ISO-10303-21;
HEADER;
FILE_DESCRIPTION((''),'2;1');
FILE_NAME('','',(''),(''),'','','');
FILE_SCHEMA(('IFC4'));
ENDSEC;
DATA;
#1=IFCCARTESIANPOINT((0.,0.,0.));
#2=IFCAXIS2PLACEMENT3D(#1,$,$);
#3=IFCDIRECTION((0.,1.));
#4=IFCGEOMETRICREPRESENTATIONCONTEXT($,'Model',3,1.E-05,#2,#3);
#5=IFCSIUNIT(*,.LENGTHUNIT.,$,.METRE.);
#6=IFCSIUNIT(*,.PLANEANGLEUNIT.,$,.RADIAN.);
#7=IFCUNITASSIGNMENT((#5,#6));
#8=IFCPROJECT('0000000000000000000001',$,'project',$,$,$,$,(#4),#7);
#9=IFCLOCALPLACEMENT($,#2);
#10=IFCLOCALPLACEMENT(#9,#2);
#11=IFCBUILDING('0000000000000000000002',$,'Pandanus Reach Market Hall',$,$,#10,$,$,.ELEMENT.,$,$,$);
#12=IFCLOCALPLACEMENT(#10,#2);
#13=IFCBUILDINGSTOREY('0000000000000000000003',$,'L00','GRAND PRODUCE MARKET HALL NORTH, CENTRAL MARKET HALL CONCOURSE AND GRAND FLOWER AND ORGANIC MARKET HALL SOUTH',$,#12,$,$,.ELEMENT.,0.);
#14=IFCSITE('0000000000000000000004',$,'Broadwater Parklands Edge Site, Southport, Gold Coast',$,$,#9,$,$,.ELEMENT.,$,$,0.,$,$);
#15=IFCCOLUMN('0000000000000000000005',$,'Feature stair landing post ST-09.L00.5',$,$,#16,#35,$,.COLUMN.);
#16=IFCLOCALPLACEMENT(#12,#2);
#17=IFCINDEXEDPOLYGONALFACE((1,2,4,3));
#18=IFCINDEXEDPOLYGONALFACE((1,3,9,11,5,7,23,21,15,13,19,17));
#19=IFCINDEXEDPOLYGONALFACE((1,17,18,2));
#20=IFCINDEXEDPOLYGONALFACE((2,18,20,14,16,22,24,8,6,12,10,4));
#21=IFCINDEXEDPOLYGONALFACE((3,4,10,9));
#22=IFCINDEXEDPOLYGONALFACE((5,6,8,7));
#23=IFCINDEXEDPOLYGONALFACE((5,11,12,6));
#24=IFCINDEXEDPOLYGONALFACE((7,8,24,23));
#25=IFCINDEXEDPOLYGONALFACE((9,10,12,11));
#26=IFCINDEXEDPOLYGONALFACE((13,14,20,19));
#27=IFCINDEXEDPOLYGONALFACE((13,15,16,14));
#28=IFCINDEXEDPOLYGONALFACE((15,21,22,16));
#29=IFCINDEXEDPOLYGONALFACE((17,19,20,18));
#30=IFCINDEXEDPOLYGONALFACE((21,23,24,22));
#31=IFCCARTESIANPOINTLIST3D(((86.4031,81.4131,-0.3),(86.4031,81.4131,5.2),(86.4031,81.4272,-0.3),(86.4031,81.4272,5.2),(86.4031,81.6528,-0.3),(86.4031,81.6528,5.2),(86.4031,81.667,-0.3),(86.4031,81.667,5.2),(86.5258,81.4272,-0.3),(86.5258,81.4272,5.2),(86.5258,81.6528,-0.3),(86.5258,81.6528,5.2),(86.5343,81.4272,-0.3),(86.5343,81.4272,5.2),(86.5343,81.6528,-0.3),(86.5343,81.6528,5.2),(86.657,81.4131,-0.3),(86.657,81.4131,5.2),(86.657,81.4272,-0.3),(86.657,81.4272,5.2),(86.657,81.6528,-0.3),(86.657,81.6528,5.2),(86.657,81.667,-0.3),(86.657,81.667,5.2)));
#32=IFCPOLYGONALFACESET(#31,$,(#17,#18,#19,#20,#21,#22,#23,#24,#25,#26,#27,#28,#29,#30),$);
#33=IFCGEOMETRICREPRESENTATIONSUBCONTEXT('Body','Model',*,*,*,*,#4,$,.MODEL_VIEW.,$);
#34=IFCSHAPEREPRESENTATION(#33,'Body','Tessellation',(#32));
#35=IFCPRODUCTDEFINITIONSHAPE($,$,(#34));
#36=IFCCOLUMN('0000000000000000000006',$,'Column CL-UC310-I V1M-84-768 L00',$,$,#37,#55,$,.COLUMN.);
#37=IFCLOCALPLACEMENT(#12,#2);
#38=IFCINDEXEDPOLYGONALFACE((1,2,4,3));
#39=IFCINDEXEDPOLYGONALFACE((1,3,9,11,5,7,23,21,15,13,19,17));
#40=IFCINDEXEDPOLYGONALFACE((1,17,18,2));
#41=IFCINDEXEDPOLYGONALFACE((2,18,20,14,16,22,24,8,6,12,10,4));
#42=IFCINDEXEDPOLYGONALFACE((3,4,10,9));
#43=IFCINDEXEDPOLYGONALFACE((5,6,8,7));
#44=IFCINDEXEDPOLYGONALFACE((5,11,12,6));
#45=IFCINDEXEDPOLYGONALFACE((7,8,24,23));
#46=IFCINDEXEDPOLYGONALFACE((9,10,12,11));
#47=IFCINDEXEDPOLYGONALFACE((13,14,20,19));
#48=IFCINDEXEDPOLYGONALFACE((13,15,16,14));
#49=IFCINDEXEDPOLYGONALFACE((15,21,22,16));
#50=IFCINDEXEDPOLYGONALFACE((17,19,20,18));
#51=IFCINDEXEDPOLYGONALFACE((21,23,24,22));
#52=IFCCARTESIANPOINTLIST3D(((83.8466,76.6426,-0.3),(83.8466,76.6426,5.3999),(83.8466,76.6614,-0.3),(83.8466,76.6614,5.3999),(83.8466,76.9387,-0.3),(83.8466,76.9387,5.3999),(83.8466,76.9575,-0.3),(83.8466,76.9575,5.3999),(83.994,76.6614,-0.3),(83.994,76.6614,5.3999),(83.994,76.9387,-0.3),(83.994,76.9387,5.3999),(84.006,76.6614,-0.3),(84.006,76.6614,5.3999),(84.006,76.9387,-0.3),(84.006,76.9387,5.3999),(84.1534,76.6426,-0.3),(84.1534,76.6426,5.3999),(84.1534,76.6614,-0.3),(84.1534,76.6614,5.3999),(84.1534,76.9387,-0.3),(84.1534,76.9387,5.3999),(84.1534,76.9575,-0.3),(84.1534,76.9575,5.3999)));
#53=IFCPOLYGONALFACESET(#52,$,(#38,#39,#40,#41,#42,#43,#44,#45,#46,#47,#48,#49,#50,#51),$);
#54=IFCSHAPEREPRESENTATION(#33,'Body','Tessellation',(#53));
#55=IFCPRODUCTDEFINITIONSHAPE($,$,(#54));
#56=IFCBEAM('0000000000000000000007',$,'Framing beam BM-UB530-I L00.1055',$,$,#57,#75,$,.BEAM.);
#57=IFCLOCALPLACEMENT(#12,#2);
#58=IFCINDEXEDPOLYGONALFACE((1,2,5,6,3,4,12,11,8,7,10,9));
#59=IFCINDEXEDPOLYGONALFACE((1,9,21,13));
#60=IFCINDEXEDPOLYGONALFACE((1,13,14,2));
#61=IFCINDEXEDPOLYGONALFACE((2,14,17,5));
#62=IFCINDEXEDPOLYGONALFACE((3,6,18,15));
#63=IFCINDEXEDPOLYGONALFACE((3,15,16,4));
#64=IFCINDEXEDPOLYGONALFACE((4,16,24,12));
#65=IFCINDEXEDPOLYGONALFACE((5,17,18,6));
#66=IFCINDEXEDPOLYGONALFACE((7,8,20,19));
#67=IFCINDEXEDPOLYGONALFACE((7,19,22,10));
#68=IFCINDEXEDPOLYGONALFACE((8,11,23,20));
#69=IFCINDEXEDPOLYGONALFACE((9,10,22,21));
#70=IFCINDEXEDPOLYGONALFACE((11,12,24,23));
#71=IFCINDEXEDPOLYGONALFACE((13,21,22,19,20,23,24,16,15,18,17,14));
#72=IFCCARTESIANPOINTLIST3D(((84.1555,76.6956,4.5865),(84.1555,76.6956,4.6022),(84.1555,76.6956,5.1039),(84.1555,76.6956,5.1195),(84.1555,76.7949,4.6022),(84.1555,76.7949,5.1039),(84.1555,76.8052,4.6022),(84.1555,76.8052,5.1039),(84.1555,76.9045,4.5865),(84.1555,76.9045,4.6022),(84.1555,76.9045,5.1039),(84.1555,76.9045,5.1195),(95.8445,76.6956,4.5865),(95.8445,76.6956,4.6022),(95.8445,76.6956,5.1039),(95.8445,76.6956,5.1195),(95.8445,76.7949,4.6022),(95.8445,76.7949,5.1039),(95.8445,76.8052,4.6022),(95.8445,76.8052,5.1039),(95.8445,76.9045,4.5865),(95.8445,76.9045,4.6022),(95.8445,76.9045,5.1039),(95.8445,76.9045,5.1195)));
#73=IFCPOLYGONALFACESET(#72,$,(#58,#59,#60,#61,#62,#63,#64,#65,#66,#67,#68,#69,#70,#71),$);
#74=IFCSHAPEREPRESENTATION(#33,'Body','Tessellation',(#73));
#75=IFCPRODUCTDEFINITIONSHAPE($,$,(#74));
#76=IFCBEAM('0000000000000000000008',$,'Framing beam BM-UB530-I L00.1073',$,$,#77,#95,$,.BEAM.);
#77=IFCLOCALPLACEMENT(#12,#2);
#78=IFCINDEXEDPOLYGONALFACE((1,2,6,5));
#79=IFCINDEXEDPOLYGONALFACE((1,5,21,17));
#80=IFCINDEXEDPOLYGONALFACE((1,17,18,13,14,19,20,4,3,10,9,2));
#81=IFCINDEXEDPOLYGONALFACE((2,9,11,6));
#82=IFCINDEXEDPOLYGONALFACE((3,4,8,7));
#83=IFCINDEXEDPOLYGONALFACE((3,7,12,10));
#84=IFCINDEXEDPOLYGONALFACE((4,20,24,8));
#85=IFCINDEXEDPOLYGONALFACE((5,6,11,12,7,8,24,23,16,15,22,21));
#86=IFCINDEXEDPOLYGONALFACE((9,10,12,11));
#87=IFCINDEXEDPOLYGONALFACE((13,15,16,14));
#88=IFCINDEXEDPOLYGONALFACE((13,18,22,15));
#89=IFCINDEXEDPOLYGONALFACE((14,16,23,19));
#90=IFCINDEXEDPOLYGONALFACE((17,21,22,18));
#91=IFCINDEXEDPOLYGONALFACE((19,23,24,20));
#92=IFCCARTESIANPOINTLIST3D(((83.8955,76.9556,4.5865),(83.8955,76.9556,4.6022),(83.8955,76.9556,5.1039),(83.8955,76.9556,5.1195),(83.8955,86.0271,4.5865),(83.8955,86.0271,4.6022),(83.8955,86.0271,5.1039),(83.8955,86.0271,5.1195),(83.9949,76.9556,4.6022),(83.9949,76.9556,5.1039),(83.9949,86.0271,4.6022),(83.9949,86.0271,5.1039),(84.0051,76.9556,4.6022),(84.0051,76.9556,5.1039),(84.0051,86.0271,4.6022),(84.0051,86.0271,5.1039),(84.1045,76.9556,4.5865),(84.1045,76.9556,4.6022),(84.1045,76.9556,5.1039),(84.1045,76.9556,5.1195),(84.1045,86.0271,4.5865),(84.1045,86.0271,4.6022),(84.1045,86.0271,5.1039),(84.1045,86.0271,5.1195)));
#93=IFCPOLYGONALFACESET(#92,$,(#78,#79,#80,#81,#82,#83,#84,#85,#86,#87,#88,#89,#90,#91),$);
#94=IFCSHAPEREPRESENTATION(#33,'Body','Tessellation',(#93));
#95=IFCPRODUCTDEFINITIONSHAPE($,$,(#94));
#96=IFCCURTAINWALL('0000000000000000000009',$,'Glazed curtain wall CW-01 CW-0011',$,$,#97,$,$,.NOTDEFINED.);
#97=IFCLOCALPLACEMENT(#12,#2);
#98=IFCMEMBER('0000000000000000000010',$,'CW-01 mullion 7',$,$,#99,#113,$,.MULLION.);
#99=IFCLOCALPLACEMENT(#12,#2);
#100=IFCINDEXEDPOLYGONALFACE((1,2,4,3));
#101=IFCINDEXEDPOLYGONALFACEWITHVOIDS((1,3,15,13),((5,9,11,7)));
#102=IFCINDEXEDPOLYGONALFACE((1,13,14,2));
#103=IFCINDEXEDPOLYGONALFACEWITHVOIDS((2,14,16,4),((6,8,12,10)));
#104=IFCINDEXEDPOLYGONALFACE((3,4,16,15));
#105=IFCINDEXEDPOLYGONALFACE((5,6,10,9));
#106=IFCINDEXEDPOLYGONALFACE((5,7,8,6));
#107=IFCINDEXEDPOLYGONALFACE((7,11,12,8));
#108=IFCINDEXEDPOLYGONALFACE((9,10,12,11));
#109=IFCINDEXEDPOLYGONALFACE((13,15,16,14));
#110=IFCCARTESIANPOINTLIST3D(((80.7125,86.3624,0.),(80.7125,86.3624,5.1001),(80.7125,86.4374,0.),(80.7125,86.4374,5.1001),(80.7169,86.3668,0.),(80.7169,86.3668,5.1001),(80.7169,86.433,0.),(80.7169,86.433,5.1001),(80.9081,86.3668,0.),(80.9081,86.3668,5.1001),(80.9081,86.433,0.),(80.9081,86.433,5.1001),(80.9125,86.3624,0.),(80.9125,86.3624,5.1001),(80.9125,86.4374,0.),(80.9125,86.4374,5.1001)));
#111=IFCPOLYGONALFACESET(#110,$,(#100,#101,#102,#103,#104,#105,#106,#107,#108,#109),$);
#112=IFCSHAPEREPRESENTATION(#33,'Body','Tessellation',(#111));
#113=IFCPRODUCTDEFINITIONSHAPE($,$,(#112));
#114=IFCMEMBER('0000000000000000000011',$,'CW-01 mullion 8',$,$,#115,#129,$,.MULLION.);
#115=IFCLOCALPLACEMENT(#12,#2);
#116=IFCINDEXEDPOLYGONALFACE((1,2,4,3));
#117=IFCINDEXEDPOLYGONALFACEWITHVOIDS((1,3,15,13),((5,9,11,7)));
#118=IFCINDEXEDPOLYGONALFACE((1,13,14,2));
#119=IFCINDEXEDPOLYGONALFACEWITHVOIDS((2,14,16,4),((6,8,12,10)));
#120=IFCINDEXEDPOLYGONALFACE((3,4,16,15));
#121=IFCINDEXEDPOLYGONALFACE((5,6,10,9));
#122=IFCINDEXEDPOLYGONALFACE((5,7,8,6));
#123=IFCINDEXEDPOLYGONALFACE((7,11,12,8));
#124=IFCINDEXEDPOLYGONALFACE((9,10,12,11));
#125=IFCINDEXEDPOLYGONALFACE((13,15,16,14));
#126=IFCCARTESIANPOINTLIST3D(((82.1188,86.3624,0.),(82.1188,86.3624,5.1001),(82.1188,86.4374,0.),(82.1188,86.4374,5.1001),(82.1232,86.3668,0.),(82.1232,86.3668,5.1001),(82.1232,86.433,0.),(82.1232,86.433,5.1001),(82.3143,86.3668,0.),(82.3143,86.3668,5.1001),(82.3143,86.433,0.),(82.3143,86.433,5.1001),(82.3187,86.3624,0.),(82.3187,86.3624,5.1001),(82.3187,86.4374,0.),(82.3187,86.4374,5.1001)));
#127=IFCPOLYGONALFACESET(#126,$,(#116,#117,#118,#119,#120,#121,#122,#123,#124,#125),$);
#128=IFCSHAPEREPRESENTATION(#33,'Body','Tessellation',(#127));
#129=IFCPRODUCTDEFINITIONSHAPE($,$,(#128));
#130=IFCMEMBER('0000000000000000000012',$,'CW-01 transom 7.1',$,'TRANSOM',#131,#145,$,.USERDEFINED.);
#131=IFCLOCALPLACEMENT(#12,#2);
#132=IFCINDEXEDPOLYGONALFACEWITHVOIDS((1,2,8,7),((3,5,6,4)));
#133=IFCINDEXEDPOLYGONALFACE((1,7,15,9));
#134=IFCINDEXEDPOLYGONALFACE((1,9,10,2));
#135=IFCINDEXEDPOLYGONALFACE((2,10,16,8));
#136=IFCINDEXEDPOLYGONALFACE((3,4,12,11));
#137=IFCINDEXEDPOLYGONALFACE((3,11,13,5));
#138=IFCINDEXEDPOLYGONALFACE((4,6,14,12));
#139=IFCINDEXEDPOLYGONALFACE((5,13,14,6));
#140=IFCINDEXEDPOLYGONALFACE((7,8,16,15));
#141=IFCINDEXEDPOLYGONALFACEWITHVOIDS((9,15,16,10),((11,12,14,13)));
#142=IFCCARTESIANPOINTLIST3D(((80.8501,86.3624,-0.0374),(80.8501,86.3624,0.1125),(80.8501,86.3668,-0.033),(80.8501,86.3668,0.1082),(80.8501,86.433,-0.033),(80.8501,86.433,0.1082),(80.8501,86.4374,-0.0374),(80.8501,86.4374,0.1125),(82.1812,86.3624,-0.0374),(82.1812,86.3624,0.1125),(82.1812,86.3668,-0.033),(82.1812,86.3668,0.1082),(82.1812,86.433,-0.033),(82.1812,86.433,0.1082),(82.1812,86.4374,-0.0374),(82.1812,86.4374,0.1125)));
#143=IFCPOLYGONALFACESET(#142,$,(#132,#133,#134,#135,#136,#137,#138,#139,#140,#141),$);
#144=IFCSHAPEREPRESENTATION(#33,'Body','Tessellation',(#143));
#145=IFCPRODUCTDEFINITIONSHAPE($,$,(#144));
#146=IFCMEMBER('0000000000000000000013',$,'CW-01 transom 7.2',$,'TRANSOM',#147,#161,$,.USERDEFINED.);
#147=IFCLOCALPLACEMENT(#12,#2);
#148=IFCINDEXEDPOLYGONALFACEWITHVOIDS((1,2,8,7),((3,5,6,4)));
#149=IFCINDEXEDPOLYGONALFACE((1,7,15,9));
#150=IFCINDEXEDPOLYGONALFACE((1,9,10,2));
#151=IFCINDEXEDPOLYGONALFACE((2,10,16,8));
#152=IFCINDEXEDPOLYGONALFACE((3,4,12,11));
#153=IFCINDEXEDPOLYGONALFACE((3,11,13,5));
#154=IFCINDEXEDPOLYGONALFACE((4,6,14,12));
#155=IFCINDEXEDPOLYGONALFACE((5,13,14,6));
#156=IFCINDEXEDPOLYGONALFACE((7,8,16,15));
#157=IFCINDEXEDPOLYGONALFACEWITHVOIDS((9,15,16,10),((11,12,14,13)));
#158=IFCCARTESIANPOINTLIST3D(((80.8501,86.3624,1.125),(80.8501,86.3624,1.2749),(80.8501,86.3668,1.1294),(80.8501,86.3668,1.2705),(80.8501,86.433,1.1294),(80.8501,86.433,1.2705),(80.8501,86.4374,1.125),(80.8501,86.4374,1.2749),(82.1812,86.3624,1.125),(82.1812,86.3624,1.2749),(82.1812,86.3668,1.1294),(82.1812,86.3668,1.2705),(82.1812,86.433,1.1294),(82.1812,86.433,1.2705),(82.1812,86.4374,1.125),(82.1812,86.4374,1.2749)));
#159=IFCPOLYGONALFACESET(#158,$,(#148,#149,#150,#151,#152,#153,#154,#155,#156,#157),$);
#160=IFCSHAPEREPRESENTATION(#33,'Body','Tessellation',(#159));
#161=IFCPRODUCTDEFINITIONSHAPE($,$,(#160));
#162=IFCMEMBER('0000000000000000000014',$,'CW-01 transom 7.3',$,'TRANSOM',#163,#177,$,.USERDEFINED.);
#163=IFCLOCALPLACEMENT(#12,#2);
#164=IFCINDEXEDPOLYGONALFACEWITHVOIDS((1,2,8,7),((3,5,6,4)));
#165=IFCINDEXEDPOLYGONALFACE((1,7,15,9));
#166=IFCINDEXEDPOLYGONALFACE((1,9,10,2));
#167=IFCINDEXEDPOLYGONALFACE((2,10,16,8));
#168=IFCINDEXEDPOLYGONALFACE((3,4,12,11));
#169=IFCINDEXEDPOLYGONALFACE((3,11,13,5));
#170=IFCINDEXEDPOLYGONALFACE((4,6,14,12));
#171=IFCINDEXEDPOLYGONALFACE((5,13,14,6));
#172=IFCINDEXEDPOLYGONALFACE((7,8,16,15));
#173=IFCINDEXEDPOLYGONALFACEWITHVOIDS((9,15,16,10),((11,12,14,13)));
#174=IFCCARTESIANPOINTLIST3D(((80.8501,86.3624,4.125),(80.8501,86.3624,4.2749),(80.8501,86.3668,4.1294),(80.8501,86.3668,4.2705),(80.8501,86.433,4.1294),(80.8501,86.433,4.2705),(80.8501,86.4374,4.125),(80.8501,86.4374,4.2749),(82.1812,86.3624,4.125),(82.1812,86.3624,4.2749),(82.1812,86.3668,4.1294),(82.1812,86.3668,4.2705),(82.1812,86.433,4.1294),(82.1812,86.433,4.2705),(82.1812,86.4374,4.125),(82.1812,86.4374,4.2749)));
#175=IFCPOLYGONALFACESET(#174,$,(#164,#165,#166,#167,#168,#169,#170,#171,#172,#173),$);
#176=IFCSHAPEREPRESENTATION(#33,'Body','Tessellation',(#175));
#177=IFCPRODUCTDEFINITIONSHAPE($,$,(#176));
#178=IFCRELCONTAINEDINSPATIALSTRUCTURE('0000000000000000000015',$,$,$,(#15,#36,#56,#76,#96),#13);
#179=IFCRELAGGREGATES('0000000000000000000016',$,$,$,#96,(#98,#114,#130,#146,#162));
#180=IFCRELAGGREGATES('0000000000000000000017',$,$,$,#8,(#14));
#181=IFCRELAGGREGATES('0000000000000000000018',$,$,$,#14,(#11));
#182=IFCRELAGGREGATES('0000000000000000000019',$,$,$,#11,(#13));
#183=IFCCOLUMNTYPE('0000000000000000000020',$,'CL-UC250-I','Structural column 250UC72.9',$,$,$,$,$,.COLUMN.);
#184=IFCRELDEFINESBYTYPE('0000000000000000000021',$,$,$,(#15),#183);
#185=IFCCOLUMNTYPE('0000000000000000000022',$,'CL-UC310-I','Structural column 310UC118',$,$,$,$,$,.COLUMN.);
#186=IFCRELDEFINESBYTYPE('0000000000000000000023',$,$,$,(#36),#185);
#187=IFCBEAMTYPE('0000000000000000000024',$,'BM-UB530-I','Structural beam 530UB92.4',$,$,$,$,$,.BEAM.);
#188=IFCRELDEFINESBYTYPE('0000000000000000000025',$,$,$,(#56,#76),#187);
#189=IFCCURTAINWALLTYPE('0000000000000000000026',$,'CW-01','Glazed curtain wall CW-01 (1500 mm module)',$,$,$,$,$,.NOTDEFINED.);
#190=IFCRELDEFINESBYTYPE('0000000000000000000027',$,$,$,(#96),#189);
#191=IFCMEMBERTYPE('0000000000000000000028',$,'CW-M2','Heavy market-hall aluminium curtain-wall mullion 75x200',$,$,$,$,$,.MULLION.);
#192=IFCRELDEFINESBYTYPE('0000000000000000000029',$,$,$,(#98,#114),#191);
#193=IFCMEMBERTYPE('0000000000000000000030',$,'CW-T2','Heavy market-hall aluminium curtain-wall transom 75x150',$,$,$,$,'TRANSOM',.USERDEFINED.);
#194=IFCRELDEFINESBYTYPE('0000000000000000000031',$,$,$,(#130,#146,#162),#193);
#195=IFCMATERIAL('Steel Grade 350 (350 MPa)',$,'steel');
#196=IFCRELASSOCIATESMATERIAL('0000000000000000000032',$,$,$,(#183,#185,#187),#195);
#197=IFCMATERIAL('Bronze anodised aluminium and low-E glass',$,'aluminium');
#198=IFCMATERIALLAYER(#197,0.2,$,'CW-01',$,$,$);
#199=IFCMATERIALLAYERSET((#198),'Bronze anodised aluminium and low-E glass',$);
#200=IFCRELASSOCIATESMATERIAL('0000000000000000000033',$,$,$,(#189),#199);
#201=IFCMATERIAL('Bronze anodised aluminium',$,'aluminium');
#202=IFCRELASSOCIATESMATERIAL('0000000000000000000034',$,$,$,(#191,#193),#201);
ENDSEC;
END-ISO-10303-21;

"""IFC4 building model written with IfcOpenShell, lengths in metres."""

from ifc_helpers import new_model, si_unit, direction, frame, origin, origin_2d, place, context, subcontext, project, spatial, hollow_rectangle, i_section, extrude, material, layer, layer_set, material_profile, profile_set, type_object, element, aggregate, save


model = new_model("IFC4")

# Units and contexts
model_context = context("Model", 3, precision=1e-05, world=origin(), true_north=direction((0.0, 1.0)))
body_context = subcontext(model_context, "Body", "Model", "MODEL_VIEW")
ifc_project = project(units=[si_unit("LENGTHUNIT", "METRE"), si_unit("PLANEANGLEUNIT", "RADIAN")], contexts=[model_context])

# Site, building, storey
site_placement = place(None, origin())
site = spatial("IfcSite", under=ifc_project, at=site_placement, Name="Broadwater Parklands Edge Site, Southport, Gold Coast", CompositionType="ELEMENT", RefElevation=0.0)
building_placement = place(site_placement, origin())
building = spatial("IfcBuilding", under=site, at=building_placement, Name="Pandanus Reach Market Hall", CompositionType="ELEMENT")
storey_placement = place(building_placement, origin())
storey = spatial("IfcBuildingStorey", under=building, at=storey_placement, Name="L00", Description="GRAND PRODUCE MARKET HALL NORTH, CENTRAL MARKET HALL CONCOURSE AND GRAND FLOWER AND ORGANIC MARKET HALL SOUTH", CompositionType="ELEMENT", Elevation=0.0)

# Columns
ifc_material_1 = material(Name="Steel Grade 350 (350 MPa)", Category="steel")
ifc_material_profile_1 = material_profile(ifc_material_1, i_section(OverallWidth=0.2539, OverallDepth=0.2539, WebThickness=0.0085, FlangeThickness=0.0142, at=origin_2d()), Name="250UC72.9", Category="LoadBearing")
ifc_profile_set_1 = profile_set([ifc_material_profile_1], Name="Steel Grade 350 (350 MPa)")
column_type_1 = type_object("IfcColumnType", Name="CL-UC250-I", Description="Structural column 250UC72.9", PredefinedType="COLUMN", material=ifc_profile_set_1)
for number, where, z_axis, x_axis, name in (
    (1, (86.53, 81.54, -0.3), (0.0, 0.0, 1.0), (1.0, 0.0, 0.0), "Feature stair landing post ST-09.L00.5"),
):
    element("IfcColumn", number, at=place(storey_placement, frame(where, z_axis=z_axis, x_axis=x_axis)), inside=storey, type_object=column_type_1, Name=name, PredefinedType="COLUMN", context=body_context, shape_type="SweptSolid", body=[
        extrude(i_section(OverallWidth=0.2539, OverallDepth=0.2539, WebThickness=0.0085, FlangeThickness=0.0142, at=origin_2d()), origin(), (0.0, 0.0, 1.0), 5.5),
    ])
ifc_material_profile_2 = material_profile(ifc_material_1, i_section(OverallWidth=0.3069, OverallDepth=0.3149, WebThickness=0.012, FlangeThickness=0.0188, at=origin_2d()), Name="310UC118", Category="LoadBearing")
ifc_profile_set_2 = profile_set([ifc_material_profile_2], Name="Steel Grade 350 (350 MPa)")
column_type_2 = type_object("IfcColumnType", Name="CL-UC310-I", Description="Structural column 310UC118", PredefinedType="COLUMN", material=ifc_profile_set_2)
column_placement = place(storey_placement, frame((84.0, 76.8, -0.3), z_axis=(0.0, 0.0, 1.0), x_axis=(1.0, 0.0, 0.0)))
element("IfcColumn", 2, at=column_placement, inside=storey, type_object=column_type_2, Name="Column CL-UC310-I V1M-84-768 L00", PredefinedType="COLUMN", context=body_context, shape_type="SweptSolid", body=[
    extrude(i_section(OverallWidth=0.3069, OverallDepth=0.3149, WebThickness=0.012, FlangeThickness=0.0188, at=origin_2d()), origin(), (0.0, 0.0, 1.0), 5.7),
])

# Beams
ifc_material_profile_3 = material_profile(ifc_material_1, i_section(OverallWidth=0.209, OverallDepth=0.533, WebThickness=0.0103, FlangeThickness=0.0156, at=origin_2d()), Name="530UB92.4", Category="LoadBearing")
ifc_profile_set_3 = profile_set([ifc_material_profile_3], Name="Steel Grade 350 (350 MPa)")
beam_type_1 = type_object("IfcBeamType", Name="BM-UB530-I", Description="Structural beam 530UB92.4", PredefinedType="BEAM", material=ifc_profile_set_3)
beam_1_placement = place(storey_placement, frame((84.1555, 76.8, 4.853), z_axis=(1.0, 0.0, 0.0), x_axis=(0.0, 1.0, 0.0)))
element("IfcBeam", 3, at=beam_1_placement, inside=storey, type_object=beam_type_1, Name="Framing beam BM-UB530-I L00.1055", PredefinedType="BEAM", context=body_context, shape_type="SweptSolid", body=[
    extrude(i_section(OverallWidth=0.209, OverallDepth=0.533, WebThickness=0.0103, FlangeThickness=0.0156, at=origin_2d()), origin(), (0.0, 0.0, 1.0), 11.689),
])
beam_2_placement = place(storey_placement, frame((84.0, 76.9556, 4.853), z_axis=(0.0, 1.0, 0.0), x_axis=(-1.0, 0.0, 0.0)))
element("IfcBeam", 4, at=beam_2_placement, inside=storey, type_object=beam_type_1, Name="Framing beam BM-UB530-I L00.1073", PredefinedType="BEAM", context=body_context, shape_type="SweptSolid", body=[
    extrude(i_section(OverallWidth=0.209, OverallDepth=0.533, WebThickness=0.0103, FlangeThickness=0.0156, at=origin_2d()), origin(), (0.0, 0.0, 1.0), 9.0715),
])

# Curtain wall, members
ifc_material_2 = material(Name="Bronze anodised aluminium and low-E glass", Category="aluminium")
ifc_layer_1 = layer(ifc_material_2, 0.2, Name="CW-01")
ifc_layer_set_1 = layer_set([ifc_layer_1], Name="Bronze anodised aluminium and low-E glass")
curtain_wall_type = type_object("IfcCurtainWallType", Name="CW-01", Description="Glazed curtain wall CW-01 (1500 mm module)", PredefinedType="NOTDEFINED", material=ifc_layer_set_1)
curtain_wall_placement = place(storey_placement, origin())
curtain_wall = element("IfcCurtainWall", 5, at=curtain_wall_placement, inside=storey, type_object=curtain_wall_type, Name="Glazed curtain wall CW-01 CW-0011", PredefinedType="NOTDEFINED")
ifc_material_3 = material(Name="Bronze anodised aluminium", Category="aluminium")
ifc_material_profile_4 = material_profile(ifc_material_3, hollow_rectangle(XDim=0.075, YDim=0.2, WallThickness=0.0044, at=origin_2d()), Name="ALU75x200", Category="LoadBearing")
ifc_profile_set_4 = profile_set([ifc_material_profile_4], Name="Bronze anodised aluminium")
member_type_1 = type_object("IfcMemberType", Name="CW-M2", Description="Heavy market-hall aluminium curtain-wall mullion 75x200", PredefinedType="MULLION", material=ifc_profile_set_4)
member_1_placement = place(storey_placement, frame((80.8125, 86.3999, 0.0), z_axis=(0.0, 0.0, 1.0), x_axis=(0.0, 1.0, 0.0)))
member_1 = element("IfcMember", 6, at=member_1_placement, type_object=member_type_1, Name="CW-01 mullion 7", PredefinedType="MULLION", context=body_context, shape_type="SweptSolid", body=[
    extrude(hollow_rectangle(XDim=0.075, YDim=0.2, WallThickness=0.0044, at=origin_2d()), origin(), (0.0, 0.0, 1.0), 5.1001),
])
member_2_placement = place(storey_placement, frame((82.2188, 86.3999, 0.0), z_axis=(0.0, 0.0, 1.0), x_axis=(0.0, 1.0, 0.0)))
member_2 = element("IfcMember", 7, at=member_2_placement, type_object=member_type_1, Name="CW-01 mullion 8", PredefinedType="MULLION", context=body_context, shape_type="SweptSolid", body=[
    extrude(hollow_rectangle(XDim=0.075, YDim=0.2, WallThickness=0.0044, at=origin_2d()), origin(), (0.0, 0.0, 1.0), 5.1001),
])
ifc_material_profile_5 = material_profile(ifc_material_3, hollow_rectangle(XDim=0.075, YDim=0.1499, WallThickness=0.0044, at=origin_2d()), Name="ALU75x150", Category="LoadBearing")
ifc_profile_set_5 = profile_set([ifc_material_profile_5], Name="Bronze anodised aluminium")
member_type_2 = type_object("IfcMemberType", Name="CW-T2", Description="Heavy market-hall aluminium curtain-wall transom 75x150", ElementType="TRANSOM", PredefinedType="USERDEFINED", material=ifc_profile_set_5)
member_3_placement = place(storey_placement, frame((80.8501, 86.3999, 0.0376), z_axis=(1.0, 0.0, 0.0), x_axis=(0.0, 1.0, 0.0)))
member_3 = element("IfcMember", 8, at=member_3_placement, type_object=member_type_2, Name="CW-01 transom 7.1", ObjectType="TRANSOM", PredefinedType="USERDEFINED", context=body_context, shape_type="SweptSolid", body=[
    extrude(hollow_rectangle(XDim=0.075, YDim=0.1499, WallThickness=0.0044, at=origin_2d()), origin(), (0.0, 0.0, 1.0), 1.3311),
])
member_4_placement = place(storey_placement, frame((80.8501, 86.3999, 1.2), z_axis=(1.0, 0.0, 0.0), x_axis=(0.0, 1.0, 0.0)))
member_4 = element("IfcMember", 9, at=member_4_placement, type_object=member_type_2, Name="CW-01 transom 7.2", ObjectType="TRANSOM", PredefinedType="USERDEFINED", context=body_context, shape_type="SweptSolid", body=[
    extrude(hollow_rectangle(XDim=0.075, YDim=0.1499, WallThickness=0.0044, at=origin_2d()), origin(), (0.0, 0.0, 1.0), 1.3311),
])
member_5_placement = place(storey_placement, frame((80.8501, 86.3999, 4.2), z_axis=(1.0, 0.0, 0.0), x_axis=(0.0, 1.0, 0.0)))
member_5 = element("IfcMember", 10, at=member_5_placement, type_object=member_type_2, Name="CW-01 transom 7.3", ObjectType="TRANSOM", PredefinedType="USERDEFINED", context=body_context, shape_type="SweptSolid", body=[
    extrude(hollow_rectangle(XDim=0.075, YDim=0.1499, WallThickness=0.0044, at=origin_2d()), origin(), (0.0, 0.0, 1.0), 1.3311),
])

aggregate(curtain_wall, [member_1, member_2, member_3, member_4, member_5])

save(model, "model.ifc")
